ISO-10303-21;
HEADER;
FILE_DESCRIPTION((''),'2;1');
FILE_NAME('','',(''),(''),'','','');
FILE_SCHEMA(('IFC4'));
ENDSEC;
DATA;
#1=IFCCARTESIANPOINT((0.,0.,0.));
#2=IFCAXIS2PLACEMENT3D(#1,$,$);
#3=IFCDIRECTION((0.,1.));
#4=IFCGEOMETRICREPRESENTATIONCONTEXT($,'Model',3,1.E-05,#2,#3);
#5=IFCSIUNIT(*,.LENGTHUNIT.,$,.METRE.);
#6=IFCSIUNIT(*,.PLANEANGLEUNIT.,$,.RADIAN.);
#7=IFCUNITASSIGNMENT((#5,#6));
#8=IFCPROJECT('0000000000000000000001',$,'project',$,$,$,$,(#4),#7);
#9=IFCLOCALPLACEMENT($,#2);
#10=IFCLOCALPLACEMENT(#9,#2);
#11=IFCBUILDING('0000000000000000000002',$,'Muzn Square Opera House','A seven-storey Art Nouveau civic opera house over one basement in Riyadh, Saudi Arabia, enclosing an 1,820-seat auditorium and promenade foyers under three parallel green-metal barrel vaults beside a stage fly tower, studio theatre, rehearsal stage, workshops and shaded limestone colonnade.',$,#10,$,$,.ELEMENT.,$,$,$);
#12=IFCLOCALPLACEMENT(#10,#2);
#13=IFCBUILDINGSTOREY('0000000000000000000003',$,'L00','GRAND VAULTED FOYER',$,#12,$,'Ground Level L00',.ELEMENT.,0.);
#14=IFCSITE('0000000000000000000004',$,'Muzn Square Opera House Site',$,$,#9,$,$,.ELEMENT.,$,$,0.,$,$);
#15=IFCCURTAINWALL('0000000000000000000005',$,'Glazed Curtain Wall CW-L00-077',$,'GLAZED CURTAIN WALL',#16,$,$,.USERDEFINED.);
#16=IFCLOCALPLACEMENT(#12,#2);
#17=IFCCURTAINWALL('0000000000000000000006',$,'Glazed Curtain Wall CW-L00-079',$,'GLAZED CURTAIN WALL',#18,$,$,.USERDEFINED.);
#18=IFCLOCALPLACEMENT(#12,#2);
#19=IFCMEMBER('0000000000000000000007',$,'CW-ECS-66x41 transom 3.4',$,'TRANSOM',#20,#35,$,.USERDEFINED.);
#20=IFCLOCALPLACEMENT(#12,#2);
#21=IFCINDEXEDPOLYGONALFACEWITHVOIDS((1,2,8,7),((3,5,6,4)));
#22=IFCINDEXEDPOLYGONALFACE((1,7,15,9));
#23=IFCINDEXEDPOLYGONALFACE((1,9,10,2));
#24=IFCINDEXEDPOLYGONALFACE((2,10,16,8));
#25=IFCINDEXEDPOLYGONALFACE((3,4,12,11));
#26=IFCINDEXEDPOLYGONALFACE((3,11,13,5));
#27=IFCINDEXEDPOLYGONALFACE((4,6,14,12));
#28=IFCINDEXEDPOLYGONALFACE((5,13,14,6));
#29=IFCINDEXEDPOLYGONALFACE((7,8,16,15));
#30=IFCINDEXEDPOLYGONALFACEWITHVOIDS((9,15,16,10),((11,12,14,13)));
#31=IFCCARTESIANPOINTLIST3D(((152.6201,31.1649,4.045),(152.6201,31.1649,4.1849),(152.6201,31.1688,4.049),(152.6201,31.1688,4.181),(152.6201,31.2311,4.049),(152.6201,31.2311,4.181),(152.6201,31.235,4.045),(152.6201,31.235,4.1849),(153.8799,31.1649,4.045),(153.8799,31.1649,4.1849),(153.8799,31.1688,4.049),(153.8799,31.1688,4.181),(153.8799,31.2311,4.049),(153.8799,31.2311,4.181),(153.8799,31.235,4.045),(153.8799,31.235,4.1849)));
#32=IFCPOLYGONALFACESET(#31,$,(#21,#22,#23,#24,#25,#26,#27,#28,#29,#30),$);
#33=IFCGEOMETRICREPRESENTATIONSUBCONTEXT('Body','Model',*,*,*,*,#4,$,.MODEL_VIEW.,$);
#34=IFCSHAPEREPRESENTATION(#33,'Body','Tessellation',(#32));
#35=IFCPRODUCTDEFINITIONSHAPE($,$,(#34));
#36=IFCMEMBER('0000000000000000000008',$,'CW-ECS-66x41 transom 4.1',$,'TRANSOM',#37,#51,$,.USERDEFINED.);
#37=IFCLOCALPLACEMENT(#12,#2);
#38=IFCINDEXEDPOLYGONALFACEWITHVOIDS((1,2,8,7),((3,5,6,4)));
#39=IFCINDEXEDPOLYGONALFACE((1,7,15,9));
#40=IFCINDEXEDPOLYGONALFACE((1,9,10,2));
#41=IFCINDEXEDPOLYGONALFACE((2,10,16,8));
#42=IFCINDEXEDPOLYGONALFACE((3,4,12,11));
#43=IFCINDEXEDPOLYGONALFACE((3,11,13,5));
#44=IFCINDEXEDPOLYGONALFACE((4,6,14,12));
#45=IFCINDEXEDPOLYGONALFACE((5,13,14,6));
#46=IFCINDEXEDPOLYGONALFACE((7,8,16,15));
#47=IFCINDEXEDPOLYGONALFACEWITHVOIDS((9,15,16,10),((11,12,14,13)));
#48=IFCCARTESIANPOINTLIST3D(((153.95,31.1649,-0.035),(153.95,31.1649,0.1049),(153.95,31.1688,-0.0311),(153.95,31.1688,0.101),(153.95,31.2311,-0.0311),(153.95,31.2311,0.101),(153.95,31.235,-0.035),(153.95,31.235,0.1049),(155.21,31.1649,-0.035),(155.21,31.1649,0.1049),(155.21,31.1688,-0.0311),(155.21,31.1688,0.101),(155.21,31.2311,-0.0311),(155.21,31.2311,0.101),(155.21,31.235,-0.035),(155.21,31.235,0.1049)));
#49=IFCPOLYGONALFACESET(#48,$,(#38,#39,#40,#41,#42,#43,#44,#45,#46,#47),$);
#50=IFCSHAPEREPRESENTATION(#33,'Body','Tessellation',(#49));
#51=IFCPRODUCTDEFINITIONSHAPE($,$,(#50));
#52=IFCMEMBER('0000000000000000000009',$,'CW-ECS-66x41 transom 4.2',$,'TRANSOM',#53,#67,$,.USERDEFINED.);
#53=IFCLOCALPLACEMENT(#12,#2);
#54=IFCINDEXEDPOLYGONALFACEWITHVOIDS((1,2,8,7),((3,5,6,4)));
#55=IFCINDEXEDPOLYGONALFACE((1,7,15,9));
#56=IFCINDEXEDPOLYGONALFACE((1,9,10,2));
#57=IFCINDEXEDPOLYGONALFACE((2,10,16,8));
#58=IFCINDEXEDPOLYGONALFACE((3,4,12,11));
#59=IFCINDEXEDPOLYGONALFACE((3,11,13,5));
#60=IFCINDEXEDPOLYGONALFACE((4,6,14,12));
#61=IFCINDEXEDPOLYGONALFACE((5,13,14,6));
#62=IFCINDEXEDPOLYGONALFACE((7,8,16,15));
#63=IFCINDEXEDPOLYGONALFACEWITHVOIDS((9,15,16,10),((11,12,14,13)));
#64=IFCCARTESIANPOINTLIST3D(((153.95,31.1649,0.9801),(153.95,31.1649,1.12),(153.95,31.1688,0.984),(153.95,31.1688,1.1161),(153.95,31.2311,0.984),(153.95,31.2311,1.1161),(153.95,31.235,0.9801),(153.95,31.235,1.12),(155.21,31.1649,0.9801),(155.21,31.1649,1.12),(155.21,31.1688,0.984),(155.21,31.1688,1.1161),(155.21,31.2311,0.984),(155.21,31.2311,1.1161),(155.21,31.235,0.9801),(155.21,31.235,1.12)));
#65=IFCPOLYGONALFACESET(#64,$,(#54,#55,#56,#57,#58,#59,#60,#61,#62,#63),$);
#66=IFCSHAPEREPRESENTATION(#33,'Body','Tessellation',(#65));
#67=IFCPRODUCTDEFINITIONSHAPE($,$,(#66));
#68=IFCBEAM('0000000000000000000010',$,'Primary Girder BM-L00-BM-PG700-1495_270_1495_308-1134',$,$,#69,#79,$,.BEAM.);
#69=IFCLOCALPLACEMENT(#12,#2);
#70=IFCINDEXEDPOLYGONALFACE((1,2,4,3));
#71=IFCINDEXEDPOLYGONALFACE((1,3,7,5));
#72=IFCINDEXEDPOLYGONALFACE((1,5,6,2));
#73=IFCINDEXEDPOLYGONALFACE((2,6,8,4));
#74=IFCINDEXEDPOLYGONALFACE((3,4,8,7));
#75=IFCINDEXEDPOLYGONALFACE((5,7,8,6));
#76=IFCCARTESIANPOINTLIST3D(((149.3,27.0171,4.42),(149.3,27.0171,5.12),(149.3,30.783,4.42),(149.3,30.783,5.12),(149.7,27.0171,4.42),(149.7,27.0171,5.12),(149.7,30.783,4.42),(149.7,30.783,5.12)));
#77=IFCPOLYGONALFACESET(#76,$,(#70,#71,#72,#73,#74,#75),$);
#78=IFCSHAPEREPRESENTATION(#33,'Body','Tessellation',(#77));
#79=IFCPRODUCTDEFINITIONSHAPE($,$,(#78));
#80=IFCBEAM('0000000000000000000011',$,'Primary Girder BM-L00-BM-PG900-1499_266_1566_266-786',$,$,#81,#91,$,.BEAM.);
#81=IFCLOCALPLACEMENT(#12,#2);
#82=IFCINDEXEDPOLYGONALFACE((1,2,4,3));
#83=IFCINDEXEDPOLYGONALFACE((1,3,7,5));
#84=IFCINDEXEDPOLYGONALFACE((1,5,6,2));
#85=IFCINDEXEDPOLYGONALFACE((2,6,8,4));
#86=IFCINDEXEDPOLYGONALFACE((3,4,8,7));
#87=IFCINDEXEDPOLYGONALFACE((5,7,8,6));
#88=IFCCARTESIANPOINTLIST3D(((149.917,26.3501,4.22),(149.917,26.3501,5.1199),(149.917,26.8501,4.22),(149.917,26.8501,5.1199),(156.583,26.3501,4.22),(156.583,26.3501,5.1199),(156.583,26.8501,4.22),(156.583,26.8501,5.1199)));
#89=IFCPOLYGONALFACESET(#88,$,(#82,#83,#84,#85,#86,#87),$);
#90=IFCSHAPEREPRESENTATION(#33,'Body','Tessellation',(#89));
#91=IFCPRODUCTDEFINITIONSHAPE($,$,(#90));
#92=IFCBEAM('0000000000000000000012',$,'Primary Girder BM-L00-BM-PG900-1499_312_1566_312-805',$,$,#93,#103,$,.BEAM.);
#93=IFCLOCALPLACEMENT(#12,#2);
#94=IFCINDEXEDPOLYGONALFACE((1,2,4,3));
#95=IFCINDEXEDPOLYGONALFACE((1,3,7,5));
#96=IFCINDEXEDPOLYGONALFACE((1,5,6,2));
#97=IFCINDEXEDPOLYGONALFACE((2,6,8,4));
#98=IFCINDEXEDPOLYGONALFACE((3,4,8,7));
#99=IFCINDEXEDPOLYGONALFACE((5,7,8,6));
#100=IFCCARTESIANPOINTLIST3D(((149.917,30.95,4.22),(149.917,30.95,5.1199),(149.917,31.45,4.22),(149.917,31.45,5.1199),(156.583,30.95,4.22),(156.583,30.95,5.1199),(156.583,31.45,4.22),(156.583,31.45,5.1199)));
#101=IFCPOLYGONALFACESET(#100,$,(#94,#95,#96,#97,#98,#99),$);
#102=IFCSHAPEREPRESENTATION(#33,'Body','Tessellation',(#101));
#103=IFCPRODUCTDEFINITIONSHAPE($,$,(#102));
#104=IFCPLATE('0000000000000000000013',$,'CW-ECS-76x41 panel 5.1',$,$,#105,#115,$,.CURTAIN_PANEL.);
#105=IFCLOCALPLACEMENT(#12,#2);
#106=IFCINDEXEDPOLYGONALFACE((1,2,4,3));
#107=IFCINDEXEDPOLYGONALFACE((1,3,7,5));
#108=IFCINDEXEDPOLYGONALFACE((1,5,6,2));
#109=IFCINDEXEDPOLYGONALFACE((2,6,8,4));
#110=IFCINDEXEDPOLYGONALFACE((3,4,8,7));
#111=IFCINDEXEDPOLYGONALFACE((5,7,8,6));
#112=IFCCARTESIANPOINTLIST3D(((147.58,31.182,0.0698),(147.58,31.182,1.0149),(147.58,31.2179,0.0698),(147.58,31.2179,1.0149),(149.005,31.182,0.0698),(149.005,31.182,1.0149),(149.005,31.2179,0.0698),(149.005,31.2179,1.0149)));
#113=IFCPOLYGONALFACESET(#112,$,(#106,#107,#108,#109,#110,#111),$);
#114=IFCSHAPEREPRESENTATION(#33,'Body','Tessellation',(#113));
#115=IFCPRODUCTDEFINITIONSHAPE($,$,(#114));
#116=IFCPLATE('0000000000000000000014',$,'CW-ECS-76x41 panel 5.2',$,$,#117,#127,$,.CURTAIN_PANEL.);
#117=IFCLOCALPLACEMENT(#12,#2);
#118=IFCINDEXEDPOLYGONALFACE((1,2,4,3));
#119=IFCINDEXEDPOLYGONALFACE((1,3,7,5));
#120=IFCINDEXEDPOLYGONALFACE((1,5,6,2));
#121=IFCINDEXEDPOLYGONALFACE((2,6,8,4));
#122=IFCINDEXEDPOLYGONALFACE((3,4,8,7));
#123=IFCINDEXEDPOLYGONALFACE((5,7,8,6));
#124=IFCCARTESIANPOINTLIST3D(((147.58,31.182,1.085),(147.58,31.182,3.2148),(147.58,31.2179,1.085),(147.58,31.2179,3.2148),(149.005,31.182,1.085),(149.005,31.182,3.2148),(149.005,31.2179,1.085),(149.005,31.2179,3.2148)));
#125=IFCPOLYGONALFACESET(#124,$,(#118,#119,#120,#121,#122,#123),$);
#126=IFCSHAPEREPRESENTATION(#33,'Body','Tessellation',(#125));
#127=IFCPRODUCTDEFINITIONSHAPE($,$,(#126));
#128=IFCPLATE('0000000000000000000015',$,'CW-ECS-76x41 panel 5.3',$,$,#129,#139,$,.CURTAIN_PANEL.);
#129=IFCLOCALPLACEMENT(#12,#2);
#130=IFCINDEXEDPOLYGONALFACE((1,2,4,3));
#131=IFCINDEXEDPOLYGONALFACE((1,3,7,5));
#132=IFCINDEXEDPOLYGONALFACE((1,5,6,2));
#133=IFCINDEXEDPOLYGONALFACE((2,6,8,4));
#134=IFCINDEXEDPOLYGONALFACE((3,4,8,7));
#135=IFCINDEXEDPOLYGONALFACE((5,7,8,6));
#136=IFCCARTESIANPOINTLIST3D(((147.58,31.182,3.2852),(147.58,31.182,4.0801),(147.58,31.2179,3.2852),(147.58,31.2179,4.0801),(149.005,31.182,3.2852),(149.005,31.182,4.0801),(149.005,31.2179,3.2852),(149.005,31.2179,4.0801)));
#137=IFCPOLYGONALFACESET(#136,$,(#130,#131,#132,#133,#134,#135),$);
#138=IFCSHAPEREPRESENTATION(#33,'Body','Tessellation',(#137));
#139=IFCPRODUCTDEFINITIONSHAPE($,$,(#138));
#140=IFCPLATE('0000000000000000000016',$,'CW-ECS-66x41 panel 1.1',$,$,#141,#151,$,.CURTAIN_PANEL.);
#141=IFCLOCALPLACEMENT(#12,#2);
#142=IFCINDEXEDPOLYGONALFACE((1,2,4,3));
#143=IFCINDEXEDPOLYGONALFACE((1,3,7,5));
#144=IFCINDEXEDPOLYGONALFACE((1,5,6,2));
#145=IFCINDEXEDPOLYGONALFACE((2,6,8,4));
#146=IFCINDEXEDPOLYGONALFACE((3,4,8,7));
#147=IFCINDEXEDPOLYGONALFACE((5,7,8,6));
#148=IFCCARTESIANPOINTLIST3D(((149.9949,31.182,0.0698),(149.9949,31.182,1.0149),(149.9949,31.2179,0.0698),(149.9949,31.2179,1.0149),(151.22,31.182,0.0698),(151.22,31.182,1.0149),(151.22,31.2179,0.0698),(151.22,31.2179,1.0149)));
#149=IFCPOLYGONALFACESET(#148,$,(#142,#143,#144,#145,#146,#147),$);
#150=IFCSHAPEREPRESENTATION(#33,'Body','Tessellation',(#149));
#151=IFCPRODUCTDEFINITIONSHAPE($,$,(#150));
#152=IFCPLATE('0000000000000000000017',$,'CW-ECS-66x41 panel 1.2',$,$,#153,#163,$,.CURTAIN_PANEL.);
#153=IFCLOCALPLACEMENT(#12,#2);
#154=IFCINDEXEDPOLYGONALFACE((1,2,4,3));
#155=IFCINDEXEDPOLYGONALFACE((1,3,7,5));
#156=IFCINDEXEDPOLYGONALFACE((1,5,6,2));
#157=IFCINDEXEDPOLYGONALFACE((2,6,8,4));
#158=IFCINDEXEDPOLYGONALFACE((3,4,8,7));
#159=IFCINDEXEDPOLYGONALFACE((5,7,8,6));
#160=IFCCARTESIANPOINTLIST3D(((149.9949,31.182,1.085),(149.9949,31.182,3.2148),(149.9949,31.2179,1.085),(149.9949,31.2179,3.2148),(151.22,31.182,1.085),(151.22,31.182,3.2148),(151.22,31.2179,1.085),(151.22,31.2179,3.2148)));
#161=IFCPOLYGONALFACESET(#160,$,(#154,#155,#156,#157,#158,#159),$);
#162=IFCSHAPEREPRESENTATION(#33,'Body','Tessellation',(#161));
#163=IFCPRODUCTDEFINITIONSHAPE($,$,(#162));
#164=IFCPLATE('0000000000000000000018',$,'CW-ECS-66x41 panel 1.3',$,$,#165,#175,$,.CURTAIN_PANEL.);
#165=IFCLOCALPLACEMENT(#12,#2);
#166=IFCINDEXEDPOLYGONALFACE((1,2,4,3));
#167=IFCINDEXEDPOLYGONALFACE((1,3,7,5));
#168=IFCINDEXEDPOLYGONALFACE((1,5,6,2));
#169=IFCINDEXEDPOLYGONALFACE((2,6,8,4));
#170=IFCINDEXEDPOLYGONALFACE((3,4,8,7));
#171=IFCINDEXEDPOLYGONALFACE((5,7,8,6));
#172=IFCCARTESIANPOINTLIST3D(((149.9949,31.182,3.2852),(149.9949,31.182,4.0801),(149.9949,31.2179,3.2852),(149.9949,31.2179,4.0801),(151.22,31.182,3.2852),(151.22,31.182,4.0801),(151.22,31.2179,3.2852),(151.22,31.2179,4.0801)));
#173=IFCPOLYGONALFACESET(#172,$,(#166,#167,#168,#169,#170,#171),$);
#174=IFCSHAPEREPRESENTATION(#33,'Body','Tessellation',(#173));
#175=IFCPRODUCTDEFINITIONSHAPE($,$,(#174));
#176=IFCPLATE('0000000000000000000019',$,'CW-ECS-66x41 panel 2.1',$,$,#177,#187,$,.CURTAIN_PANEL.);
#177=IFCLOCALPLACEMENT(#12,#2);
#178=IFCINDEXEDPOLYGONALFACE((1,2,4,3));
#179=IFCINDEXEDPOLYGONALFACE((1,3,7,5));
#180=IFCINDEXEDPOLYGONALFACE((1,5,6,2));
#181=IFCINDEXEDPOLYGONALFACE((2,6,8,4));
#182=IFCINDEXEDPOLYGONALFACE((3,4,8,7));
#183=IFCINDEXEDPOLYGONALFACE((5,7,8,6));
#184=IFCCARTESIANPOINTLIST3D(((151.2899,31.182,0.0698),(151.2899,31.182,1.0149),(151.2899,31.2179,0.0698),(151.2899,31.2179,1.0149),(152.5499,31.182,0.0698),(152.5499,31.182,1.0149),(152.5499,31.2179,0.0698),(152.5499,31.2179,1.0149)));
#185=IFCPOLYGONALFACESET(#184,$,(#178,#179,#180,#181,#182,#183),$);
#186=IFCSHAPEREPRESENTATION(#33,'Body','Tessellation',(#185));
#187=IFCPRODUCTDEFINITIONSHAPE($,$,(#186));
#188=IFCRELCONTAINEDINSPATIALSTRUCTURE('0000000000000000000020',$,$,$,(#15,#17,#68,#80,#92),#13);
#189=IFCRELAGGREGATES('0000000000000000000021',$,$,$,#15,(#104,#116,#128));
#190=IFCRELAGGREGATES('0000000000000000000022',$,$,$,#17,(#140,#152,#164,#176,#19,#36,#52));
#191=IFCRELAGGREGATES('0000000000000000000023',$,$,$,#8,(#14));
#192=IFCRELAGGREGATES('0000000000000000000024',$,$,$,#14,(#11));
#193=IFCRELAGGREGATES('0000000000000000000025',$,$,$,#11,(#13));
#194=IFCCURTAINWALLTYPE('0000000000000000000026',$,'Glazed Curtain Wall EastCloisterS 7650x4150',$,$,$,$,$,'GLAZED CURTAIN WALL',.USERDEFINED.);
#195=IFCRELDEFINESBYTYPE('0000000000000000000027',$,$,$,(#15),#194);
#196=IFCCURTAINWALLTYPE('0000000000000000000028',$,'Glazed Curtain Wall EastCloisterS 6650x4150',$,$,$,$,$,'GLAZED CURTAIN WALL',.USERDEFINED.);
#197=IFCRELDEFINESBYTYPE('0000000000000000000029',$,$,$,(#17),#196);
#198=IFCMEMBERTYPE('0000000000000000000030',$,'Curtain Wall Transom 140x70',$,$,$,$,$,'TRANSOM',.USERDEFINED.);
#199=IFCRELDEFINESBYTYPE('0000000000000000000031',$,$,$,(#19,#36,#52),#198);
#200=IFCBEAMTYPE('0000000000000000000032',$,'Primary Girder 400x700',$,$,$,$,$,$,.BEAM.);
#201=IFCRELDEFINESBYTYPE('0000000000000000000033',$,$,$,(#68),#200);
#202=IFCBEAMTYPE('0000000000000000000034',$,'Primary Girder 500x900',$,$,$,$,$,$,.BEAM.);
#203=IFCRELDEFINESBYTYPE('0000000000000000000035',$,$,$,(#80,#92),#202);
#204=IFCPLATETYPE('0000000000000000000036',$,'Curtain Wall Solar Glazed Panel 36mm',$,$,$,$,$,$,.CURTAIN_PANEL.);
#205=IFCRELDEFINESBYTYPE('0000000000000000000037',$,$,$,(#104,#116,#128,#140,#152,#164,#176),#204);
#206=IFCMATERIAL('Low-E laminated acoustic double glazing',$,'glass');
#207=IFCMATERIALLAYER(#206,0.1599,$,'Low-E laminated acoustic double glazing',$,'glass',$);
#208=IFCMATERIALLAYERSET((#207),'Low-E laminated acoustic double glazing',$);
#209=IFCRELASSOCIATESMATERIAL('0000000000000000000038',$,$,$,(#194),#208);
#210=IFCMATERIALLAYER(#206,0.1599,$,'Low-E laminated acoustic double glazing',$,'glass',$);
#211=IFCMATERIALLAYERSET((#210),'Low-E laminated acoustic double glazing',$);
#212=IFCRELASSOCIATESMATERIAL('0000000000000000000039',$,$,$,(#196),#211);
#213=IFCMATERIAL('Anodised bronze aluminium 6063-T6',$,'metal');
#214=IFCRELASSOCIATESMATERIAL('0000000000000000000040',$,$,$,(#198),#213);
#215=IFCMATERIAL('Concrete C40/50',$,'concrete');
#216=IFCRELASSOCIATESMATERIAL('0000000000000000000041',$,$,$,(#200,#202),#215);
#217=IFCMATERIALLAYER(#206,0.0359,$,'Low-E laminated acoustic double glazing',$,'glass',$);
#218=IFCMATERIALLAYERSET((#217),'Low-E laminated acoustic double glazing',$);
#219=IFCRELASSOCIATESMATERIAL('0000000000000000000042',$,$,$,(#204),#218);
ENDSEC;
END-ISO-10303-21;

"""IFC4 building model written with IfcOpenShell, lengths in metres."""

from ifc_helpers import new_model, si_unit, direction, frame, origin, origin_2d, place, context, subcontext, project, spatial, rectangle, hollow_rectangle, extrude, material, layer, layer_set, material_profile, profile_set, type_object, element, aggregate, save


model = new_model("IFC4")

# Units and contexts
model_context = context("Model", 3, precision=1e-05, world=origin(), true_north=direction((0.0, 1.0)))
body_context = subcontext(model_context, "Body", "Model", "MODEL_VIEW")
ifc_project = project(units=[si_unit("LENGTHUNIT", "METRE"), si_unit("PLANEANGLEUNIT", "RADIAN")], contexts=[model_context])

# Site, building, storey
site_placement = place(None, origin())
site = spatial("IfcSite", under=ifc_project, at=site_placement, Name="Muzn Square Opera House Site", CompositionType="ELEMENT", RefElevation=0.0)
building_placement = place(site_placement, origin())
building = spatial("IfcBuilding", under=site, at=building_placement, Name="Muzn Square Opera House", Description="A seven-storey Art Nouveau civic opera house over one basement in Riyadh, Saudi Arabia, enclosing an 1,820-seat auditorium and promenade foyers under three parallel green-metal barrel vaults beside a stage fly tower, studio theatre, rehearsal stage, workshops and shaded limestone colonnade.", CompositionType="ELEMENT")
storey_placement = place(building_placement, origin())
storey = spatial("IfcBuildingStorey", under=building, at=storey_placement, Name="L00", Description="GRAND VAULTED FOYER", LongName="Ground Level L00", CompositionType="ELEMENT", Elevation=0.0)

# Curtain wall
ifc_material_1 = material(Name="Low-E laminated acoustic double glazing", Category="glass")
ifc_layer_1 = layer(ifc_material_1, 0.1599, Name="Low-E laminated acoustic double glazing", Category="glass")
ifc_layer_set_1 = layer_set([ifc_layer_1], Name="Low-E laminated acoustic double glazing")
curtain_wall_type_1 = type_object("IfcCurtainWallType", Name="Glazed Curtain Wall EastCloisterS 7650x4150", ElementType="GLAZED CURTAIN WALL", PredefinedType="USERDEFINED", material=ifc_layer_set_1)
curtain_wall_1_placement = place(storey_placement, origin())
curtain_wall_1 = element("IfcCurtainWall", 1, at=curtain_wall_1_placement, inside=storey, type_object=curtain_wall_type_1, Name="Glazed Curtain Wall CW-L00-077", ObjectType="GLAZED CURTAIN WALL", PredefinedType="USERDEFINED")
ifc_material_2 = material(Name="Anodised bronze aluminium 6063-T6", Category="metal")

# Curtain wall
ifc_layer_2 = layer(ifc_material_1, 0.1599, Name="Low-E laminated acoustic double glazing", Category="glass")
ifc_layer_set_2 = layer_set([ifc_layer_2], Name="Low-E laminated acoustic double glazing")
curtain_wall_type_2 = type_object("IfcCurtainWallType", Name="Glazed Curtain Wall EastCloisterS 6650x4150", ElementType="GLAZED CURTAIN WALL", PredefinedType="USERDEFINED", material=ifc_layer_set_2)
curtain_wall_2_placement = place(storey_placement, origin())
curtain_wall_2 = element("IfcCurtainWall", 2, at=curtain_wall_2_placement, inside=storey, type_object=curtain_wall_type_2, Name="Glazed Curtain Wall CW-L00-079", ObjectType="GLAZED CURTAIN WALL", PredefinedType="USERDEFINED")

# Members
ifc_material_profile_1 = material_profile(ifc_material_2, hollow_rectangle(XDim=0.0701, YDim=0.1399, WallThickness=0.0039, at=origin_2d()), Name="ALU 140x70x4", Category="metal")
ifc_profile_set_1 = profile_set([ifc_material_profile_1], Name="Anodised bronze aluminium 6063-T6")
member_type_1 = type_object("IfcMemberType", Name="Curtain Wall Transom 140x70", ElementType="TRANSOM", PredefinedType="USERDEFINED", material=ifc_profile_set_1)
member_1_placement = place(storey_placement, frame((152.6201, 31.2, 4.115), z_axis=(1.0, 0.0, 0.0), x_axis=(0.0, 1.0, 0.0)))
member_1 = element("IfcMember", 3, at=member_1_placement, type_object=member_type_1, Name="CW-ECS-66x41 transom 3.4", ObjectType="TRANSOM", PredefinedType="USERDEFINED", context=body_context, shape_type="SweptSolid", body=[
    extrude(hollow_rectangle(XDim=0.0701, YDim=0.1399, WallThickness=0.0039, at=origin_2d()), origin(), (0.0, 0.0, 1.0), 1.2598),
])
member_2_placement = place(storey_placement, frame((153.95, 31.2, 0.0349), z_axis=(1.0, 0.0, 0.0), x_axis=(0.0, 1.0, 0.0)))
member_2 = element("IfcMember", 4, at=member_2_placement, type_object=member_type_1, Name="CW-ECS-66x41 transom 4.1", ObjectType="TRANSOM", PredefinedType="USERDEFINED", context=body_context, shape_type="SweptSolid", body=[
    extrude(hollow_rectangle(XDim=0.0701, YDim=0.1399, WallThickness=0.0039, at=origin_2d()), origin(), (0.0, 0.0, 1.0), 1.26),
])
member_3_placement = place(storey_placement, frame((153.95, 31.2, 1.05), z_axis=(1.0, 0.0, 0.0), x_axis=(0.0, 1.0, 0.0)))
member_3 = element("IfcMember", 5, at=member_3_placement, type_object=member_type_1, Name="CW-ECS-66x41 transom 4.2", ObjectType="TRANSOM", PredefinedType="USERDEFINED", context=body_context, shape_type="SweptSolid", body=[
    extrude(hollow_rectangle(XDim=0.0701, YDim=0.1399, WallThickness=0.0039, at=origin_2d()), origin(), (0.0, 0.0, 1.0), 1.26),
])

# Beams
ifc_material_3 = material(Name="Concrete C40/50", Category="concrete")
ifc_material_profile_2 = material_profile(ifc_material_3, rectangle(XDim=0.3999, YDim=0.7, at=origin_2d()), Name="RCB 400x700", Category="concrete")
ifc_profile_set_2 = profile_set([ifc_material_profile_2], Name="Concrete C40/50")
beam_type_1 = type_object("IfcBeamType", Name="Primary Girder 400x700", PredefinedType="BEAM", material=ifc_profile_set_2)
beam_placement = place(storey_placement, frame((149.5, 27.0171, 4.77), z_axis=(0.0, 1.0, 0.0), x_axis=(-1.0, 0.0, 0.0)))
element("IfcBeam", 6, at=beam_placement, inside=storey, type_object=beam_type_1, Name="Primary Girder BM-L00-BM-PG700-1495_270_1495_308-1134", PredefinedType="BEAM", context=body_context, shape_type="SweptSolid", body=[
    extrude(rectangle(XDim=0.3999, YDim=0.7, at=origin_2d()), origin(), (0.0, 0.0, 1.0), 3.7659),
])
ifc_material_profile_3 = material_profile(ifc_material_3, rectangle(XDim=0.5, YDim=0.8999, at=origin_2d()), Name="RCB 500x900", Category="concrete")
ifc_profile_set_3 = profile_set([ifc_material_profile_3], Name="Concrete C40/50")
beam_type_2 = type_object("IfcBeamType", Name="Primary Girder 500x900", PredefinedType="BEAM", material=ifc_profile_set_3)
for number, where, z_axis, x_axis, name in (
    (7, (149.917, 26.6001, 4.6699), (1.0, 0.0, 0.0), (0.0, 1.0, 0.0), "Primary Girder BM-L00-BM-PG900-1499_266_1566_266-786"),
    (8, (149.917, 31.2, 4.6699), (1.0, 0.0, 0.0), (0.0, 1.0, 0.0), "Primary Girder BM-L00-BM-PG900-1499_312_1566_312-805"),
):
    element("IfcBeam", number, at=place(storey_placement, frame(where, z_axis=z_axis, x_axis=x_axis)), inside=storey, type_object=beam_type_2, Name=name, PredefinedType="BEAM", context=body_context, shape_type="SweptSolid", body=[
        extrude(rectangle(XDim=0.5, YDim=0.8999, at=origin_2d()), origin(), (0.0, 0.0, 1.0), 6.666),
    ])

# Plates
ifc_layer_3 = layer(ifc_material_1, 0.0359, Name="Low-E laminated acoustic double glazing", Category="glass")
ifc_layer_set_3 = layer_set([ifc_layer_3], Name="Low-E laminated acoustic double glazing")
plate_type = type_object("IfcPlateType", Name="Curtain Wall Solar Glazed Panel 36mm", PredefinedType="CURTAIN_PANEL", material=ifc_layer_set_3)
plate_1_placement = place(storey_placement, frame((148.2925, 31.2, 0.0698), z_axis=(0.0, 0.0, 1.0), x_axis=(1.0, 0.0, 0.0)))
plate_1 = element("IfcPlate", 9, at=plate_1_placement, type_object=plate_type, Name="CW-ECS-76x41 panel 5.1", PredefinedType="CURTAIN_PANEL", context=body_context, shape_type="SweptSolid", body=[
    extrude(rectangle(XDim=1.425, YDim=0.0359, at=origin_2d()), origin(), (0.0, 0.0, 1.0), 0.9451),
])
plate_2_placement = place(storey_placement, frame((148.2925, 31.2, 1.085), z_axis=(0.0, 0.0, 1.0), x_axis=(1.0, 0.0, 0.0)))
plate_2 = element("IfcPlate", 10, at=plate_2_placement, type_object=plate_type, Name="CW-ECS-76x41 panel 5.2", PredefinedType="CURTAIN_PANEL", context=body_context, shape_type="SweptSolid", body=[
    extrude(rectangle(XDim=1.425, YDim=0.0359, at=origin_2d()), origin(), (0.0, 0.0, 1.0), 2.1299),
])
plate_3_placement = place(storey_placement, frame((148.2925, 31.2, 3.2852), z_axis=(0.0, 0.0, 1.0), x_axis=(1.0, 0.0, 0.0)))
plate_3 = element("IfcPlate", 11, at=plate_3_placement, type_object=plate_type, Name="CW-ECS-76x41 panel 5.3", PredefinedType="CURTAIN_PANEL", context=body_context, shape_type="SweptSolid", body=[
    extrude(rectangle(XDim=1.425, YDim=0.0359, at=origin_2d()), origin(), (0.0, 0.0, 1.0), 0.7949),
])
aggregate(curtain_wall_1, [plate_1, plate_2, plate_3])
plate_4_placement = place(storey_placement, frame((150.6074, 31.2, 0.0698), z_axis=(0.0, 0.0, 1.0), x_axis=(1.0, 0.0, 0.0)))
plate_4 = element("IfcPlate", 12, at=plate_4_placement, type_object=plate_type, Name="CW-ECS-66x41 panel 1.1", PredefinedType="CURTAIN_PANEL", context=body_context, shape_type="SweptSolid", body=[
    extrude(rectangle(XDim=1.2251, YDim=0.0359, at=origin_2d()), origin(), (0.0, 0.0, 1.0), 0.9451),
])
plate_5_placement = place(storey_placement, frame((150.6074, 31.2, 1.085), z_axis=(0.0, 0.0, 1.0), x_axis=(1.0, 0.0, 0.0)))
plate_5 = element("IfcPlate", 13, at=plate_5_placement, type_object=plate_type, Name="CW-ECS-66x41 panel 1.2", PredefinedType="CURTAIN_PANEL", context=body_context, shape_type="SweptSolid", body=[
    extrude(rectangle(XDim=1.2251, YDim=0.0359, at=origin_2d()), origin(), (0.0, 0.0, 1.0), 2.1299),
])
plate_6_placement = place(storey_placement, frame((150.6074, 31.2, 3.2852), z_axis=(0.0, 0.0, 1.0), x_axis=(1.0, 0.0, 0.0)))
plate_6 = element("IfcPlate", 14, at=plate_6_placement, type_object=plate_type, Name="CW-ECS-66x41 panel 1.3", PredefinedType="CURTAIN_PANEL", context=body_context, shape_type="SweptSolid", body=[
    extrude(rectangle(XDim=1.2251, YDim=0.0359, at=origin_2d()), origin(), (0.0, 0.0, 1.0), 0.7949),
])
plate_7_placement = place(storey_placement, frame((151.9199, 31.2, 0.0698), z_axis=(0.0, 0.0, 1.0), x_axis=(1.0, 0.0, 0.0)))
plate_7 = element("IfcPlate", 15, at=plate_7_placement, type_object=plate_type, Name="CW-ECS-66x41 panel 2.1", PredefinedType="CURTAIN_PANEL", context=body_context, shape_type="SweptSolid", body=[
    extrude(rectangle(XDim=1.26, YDim=0.0359, at=origin_2d()), origin(), (0.0, 0.0, 1.0), 0.9451),
])
aggregate(curtain_wall_2, [plate_4, plate_5, plate_6, plate_7, member_1, member_2, member_3])

save(model, "model.ifc")
